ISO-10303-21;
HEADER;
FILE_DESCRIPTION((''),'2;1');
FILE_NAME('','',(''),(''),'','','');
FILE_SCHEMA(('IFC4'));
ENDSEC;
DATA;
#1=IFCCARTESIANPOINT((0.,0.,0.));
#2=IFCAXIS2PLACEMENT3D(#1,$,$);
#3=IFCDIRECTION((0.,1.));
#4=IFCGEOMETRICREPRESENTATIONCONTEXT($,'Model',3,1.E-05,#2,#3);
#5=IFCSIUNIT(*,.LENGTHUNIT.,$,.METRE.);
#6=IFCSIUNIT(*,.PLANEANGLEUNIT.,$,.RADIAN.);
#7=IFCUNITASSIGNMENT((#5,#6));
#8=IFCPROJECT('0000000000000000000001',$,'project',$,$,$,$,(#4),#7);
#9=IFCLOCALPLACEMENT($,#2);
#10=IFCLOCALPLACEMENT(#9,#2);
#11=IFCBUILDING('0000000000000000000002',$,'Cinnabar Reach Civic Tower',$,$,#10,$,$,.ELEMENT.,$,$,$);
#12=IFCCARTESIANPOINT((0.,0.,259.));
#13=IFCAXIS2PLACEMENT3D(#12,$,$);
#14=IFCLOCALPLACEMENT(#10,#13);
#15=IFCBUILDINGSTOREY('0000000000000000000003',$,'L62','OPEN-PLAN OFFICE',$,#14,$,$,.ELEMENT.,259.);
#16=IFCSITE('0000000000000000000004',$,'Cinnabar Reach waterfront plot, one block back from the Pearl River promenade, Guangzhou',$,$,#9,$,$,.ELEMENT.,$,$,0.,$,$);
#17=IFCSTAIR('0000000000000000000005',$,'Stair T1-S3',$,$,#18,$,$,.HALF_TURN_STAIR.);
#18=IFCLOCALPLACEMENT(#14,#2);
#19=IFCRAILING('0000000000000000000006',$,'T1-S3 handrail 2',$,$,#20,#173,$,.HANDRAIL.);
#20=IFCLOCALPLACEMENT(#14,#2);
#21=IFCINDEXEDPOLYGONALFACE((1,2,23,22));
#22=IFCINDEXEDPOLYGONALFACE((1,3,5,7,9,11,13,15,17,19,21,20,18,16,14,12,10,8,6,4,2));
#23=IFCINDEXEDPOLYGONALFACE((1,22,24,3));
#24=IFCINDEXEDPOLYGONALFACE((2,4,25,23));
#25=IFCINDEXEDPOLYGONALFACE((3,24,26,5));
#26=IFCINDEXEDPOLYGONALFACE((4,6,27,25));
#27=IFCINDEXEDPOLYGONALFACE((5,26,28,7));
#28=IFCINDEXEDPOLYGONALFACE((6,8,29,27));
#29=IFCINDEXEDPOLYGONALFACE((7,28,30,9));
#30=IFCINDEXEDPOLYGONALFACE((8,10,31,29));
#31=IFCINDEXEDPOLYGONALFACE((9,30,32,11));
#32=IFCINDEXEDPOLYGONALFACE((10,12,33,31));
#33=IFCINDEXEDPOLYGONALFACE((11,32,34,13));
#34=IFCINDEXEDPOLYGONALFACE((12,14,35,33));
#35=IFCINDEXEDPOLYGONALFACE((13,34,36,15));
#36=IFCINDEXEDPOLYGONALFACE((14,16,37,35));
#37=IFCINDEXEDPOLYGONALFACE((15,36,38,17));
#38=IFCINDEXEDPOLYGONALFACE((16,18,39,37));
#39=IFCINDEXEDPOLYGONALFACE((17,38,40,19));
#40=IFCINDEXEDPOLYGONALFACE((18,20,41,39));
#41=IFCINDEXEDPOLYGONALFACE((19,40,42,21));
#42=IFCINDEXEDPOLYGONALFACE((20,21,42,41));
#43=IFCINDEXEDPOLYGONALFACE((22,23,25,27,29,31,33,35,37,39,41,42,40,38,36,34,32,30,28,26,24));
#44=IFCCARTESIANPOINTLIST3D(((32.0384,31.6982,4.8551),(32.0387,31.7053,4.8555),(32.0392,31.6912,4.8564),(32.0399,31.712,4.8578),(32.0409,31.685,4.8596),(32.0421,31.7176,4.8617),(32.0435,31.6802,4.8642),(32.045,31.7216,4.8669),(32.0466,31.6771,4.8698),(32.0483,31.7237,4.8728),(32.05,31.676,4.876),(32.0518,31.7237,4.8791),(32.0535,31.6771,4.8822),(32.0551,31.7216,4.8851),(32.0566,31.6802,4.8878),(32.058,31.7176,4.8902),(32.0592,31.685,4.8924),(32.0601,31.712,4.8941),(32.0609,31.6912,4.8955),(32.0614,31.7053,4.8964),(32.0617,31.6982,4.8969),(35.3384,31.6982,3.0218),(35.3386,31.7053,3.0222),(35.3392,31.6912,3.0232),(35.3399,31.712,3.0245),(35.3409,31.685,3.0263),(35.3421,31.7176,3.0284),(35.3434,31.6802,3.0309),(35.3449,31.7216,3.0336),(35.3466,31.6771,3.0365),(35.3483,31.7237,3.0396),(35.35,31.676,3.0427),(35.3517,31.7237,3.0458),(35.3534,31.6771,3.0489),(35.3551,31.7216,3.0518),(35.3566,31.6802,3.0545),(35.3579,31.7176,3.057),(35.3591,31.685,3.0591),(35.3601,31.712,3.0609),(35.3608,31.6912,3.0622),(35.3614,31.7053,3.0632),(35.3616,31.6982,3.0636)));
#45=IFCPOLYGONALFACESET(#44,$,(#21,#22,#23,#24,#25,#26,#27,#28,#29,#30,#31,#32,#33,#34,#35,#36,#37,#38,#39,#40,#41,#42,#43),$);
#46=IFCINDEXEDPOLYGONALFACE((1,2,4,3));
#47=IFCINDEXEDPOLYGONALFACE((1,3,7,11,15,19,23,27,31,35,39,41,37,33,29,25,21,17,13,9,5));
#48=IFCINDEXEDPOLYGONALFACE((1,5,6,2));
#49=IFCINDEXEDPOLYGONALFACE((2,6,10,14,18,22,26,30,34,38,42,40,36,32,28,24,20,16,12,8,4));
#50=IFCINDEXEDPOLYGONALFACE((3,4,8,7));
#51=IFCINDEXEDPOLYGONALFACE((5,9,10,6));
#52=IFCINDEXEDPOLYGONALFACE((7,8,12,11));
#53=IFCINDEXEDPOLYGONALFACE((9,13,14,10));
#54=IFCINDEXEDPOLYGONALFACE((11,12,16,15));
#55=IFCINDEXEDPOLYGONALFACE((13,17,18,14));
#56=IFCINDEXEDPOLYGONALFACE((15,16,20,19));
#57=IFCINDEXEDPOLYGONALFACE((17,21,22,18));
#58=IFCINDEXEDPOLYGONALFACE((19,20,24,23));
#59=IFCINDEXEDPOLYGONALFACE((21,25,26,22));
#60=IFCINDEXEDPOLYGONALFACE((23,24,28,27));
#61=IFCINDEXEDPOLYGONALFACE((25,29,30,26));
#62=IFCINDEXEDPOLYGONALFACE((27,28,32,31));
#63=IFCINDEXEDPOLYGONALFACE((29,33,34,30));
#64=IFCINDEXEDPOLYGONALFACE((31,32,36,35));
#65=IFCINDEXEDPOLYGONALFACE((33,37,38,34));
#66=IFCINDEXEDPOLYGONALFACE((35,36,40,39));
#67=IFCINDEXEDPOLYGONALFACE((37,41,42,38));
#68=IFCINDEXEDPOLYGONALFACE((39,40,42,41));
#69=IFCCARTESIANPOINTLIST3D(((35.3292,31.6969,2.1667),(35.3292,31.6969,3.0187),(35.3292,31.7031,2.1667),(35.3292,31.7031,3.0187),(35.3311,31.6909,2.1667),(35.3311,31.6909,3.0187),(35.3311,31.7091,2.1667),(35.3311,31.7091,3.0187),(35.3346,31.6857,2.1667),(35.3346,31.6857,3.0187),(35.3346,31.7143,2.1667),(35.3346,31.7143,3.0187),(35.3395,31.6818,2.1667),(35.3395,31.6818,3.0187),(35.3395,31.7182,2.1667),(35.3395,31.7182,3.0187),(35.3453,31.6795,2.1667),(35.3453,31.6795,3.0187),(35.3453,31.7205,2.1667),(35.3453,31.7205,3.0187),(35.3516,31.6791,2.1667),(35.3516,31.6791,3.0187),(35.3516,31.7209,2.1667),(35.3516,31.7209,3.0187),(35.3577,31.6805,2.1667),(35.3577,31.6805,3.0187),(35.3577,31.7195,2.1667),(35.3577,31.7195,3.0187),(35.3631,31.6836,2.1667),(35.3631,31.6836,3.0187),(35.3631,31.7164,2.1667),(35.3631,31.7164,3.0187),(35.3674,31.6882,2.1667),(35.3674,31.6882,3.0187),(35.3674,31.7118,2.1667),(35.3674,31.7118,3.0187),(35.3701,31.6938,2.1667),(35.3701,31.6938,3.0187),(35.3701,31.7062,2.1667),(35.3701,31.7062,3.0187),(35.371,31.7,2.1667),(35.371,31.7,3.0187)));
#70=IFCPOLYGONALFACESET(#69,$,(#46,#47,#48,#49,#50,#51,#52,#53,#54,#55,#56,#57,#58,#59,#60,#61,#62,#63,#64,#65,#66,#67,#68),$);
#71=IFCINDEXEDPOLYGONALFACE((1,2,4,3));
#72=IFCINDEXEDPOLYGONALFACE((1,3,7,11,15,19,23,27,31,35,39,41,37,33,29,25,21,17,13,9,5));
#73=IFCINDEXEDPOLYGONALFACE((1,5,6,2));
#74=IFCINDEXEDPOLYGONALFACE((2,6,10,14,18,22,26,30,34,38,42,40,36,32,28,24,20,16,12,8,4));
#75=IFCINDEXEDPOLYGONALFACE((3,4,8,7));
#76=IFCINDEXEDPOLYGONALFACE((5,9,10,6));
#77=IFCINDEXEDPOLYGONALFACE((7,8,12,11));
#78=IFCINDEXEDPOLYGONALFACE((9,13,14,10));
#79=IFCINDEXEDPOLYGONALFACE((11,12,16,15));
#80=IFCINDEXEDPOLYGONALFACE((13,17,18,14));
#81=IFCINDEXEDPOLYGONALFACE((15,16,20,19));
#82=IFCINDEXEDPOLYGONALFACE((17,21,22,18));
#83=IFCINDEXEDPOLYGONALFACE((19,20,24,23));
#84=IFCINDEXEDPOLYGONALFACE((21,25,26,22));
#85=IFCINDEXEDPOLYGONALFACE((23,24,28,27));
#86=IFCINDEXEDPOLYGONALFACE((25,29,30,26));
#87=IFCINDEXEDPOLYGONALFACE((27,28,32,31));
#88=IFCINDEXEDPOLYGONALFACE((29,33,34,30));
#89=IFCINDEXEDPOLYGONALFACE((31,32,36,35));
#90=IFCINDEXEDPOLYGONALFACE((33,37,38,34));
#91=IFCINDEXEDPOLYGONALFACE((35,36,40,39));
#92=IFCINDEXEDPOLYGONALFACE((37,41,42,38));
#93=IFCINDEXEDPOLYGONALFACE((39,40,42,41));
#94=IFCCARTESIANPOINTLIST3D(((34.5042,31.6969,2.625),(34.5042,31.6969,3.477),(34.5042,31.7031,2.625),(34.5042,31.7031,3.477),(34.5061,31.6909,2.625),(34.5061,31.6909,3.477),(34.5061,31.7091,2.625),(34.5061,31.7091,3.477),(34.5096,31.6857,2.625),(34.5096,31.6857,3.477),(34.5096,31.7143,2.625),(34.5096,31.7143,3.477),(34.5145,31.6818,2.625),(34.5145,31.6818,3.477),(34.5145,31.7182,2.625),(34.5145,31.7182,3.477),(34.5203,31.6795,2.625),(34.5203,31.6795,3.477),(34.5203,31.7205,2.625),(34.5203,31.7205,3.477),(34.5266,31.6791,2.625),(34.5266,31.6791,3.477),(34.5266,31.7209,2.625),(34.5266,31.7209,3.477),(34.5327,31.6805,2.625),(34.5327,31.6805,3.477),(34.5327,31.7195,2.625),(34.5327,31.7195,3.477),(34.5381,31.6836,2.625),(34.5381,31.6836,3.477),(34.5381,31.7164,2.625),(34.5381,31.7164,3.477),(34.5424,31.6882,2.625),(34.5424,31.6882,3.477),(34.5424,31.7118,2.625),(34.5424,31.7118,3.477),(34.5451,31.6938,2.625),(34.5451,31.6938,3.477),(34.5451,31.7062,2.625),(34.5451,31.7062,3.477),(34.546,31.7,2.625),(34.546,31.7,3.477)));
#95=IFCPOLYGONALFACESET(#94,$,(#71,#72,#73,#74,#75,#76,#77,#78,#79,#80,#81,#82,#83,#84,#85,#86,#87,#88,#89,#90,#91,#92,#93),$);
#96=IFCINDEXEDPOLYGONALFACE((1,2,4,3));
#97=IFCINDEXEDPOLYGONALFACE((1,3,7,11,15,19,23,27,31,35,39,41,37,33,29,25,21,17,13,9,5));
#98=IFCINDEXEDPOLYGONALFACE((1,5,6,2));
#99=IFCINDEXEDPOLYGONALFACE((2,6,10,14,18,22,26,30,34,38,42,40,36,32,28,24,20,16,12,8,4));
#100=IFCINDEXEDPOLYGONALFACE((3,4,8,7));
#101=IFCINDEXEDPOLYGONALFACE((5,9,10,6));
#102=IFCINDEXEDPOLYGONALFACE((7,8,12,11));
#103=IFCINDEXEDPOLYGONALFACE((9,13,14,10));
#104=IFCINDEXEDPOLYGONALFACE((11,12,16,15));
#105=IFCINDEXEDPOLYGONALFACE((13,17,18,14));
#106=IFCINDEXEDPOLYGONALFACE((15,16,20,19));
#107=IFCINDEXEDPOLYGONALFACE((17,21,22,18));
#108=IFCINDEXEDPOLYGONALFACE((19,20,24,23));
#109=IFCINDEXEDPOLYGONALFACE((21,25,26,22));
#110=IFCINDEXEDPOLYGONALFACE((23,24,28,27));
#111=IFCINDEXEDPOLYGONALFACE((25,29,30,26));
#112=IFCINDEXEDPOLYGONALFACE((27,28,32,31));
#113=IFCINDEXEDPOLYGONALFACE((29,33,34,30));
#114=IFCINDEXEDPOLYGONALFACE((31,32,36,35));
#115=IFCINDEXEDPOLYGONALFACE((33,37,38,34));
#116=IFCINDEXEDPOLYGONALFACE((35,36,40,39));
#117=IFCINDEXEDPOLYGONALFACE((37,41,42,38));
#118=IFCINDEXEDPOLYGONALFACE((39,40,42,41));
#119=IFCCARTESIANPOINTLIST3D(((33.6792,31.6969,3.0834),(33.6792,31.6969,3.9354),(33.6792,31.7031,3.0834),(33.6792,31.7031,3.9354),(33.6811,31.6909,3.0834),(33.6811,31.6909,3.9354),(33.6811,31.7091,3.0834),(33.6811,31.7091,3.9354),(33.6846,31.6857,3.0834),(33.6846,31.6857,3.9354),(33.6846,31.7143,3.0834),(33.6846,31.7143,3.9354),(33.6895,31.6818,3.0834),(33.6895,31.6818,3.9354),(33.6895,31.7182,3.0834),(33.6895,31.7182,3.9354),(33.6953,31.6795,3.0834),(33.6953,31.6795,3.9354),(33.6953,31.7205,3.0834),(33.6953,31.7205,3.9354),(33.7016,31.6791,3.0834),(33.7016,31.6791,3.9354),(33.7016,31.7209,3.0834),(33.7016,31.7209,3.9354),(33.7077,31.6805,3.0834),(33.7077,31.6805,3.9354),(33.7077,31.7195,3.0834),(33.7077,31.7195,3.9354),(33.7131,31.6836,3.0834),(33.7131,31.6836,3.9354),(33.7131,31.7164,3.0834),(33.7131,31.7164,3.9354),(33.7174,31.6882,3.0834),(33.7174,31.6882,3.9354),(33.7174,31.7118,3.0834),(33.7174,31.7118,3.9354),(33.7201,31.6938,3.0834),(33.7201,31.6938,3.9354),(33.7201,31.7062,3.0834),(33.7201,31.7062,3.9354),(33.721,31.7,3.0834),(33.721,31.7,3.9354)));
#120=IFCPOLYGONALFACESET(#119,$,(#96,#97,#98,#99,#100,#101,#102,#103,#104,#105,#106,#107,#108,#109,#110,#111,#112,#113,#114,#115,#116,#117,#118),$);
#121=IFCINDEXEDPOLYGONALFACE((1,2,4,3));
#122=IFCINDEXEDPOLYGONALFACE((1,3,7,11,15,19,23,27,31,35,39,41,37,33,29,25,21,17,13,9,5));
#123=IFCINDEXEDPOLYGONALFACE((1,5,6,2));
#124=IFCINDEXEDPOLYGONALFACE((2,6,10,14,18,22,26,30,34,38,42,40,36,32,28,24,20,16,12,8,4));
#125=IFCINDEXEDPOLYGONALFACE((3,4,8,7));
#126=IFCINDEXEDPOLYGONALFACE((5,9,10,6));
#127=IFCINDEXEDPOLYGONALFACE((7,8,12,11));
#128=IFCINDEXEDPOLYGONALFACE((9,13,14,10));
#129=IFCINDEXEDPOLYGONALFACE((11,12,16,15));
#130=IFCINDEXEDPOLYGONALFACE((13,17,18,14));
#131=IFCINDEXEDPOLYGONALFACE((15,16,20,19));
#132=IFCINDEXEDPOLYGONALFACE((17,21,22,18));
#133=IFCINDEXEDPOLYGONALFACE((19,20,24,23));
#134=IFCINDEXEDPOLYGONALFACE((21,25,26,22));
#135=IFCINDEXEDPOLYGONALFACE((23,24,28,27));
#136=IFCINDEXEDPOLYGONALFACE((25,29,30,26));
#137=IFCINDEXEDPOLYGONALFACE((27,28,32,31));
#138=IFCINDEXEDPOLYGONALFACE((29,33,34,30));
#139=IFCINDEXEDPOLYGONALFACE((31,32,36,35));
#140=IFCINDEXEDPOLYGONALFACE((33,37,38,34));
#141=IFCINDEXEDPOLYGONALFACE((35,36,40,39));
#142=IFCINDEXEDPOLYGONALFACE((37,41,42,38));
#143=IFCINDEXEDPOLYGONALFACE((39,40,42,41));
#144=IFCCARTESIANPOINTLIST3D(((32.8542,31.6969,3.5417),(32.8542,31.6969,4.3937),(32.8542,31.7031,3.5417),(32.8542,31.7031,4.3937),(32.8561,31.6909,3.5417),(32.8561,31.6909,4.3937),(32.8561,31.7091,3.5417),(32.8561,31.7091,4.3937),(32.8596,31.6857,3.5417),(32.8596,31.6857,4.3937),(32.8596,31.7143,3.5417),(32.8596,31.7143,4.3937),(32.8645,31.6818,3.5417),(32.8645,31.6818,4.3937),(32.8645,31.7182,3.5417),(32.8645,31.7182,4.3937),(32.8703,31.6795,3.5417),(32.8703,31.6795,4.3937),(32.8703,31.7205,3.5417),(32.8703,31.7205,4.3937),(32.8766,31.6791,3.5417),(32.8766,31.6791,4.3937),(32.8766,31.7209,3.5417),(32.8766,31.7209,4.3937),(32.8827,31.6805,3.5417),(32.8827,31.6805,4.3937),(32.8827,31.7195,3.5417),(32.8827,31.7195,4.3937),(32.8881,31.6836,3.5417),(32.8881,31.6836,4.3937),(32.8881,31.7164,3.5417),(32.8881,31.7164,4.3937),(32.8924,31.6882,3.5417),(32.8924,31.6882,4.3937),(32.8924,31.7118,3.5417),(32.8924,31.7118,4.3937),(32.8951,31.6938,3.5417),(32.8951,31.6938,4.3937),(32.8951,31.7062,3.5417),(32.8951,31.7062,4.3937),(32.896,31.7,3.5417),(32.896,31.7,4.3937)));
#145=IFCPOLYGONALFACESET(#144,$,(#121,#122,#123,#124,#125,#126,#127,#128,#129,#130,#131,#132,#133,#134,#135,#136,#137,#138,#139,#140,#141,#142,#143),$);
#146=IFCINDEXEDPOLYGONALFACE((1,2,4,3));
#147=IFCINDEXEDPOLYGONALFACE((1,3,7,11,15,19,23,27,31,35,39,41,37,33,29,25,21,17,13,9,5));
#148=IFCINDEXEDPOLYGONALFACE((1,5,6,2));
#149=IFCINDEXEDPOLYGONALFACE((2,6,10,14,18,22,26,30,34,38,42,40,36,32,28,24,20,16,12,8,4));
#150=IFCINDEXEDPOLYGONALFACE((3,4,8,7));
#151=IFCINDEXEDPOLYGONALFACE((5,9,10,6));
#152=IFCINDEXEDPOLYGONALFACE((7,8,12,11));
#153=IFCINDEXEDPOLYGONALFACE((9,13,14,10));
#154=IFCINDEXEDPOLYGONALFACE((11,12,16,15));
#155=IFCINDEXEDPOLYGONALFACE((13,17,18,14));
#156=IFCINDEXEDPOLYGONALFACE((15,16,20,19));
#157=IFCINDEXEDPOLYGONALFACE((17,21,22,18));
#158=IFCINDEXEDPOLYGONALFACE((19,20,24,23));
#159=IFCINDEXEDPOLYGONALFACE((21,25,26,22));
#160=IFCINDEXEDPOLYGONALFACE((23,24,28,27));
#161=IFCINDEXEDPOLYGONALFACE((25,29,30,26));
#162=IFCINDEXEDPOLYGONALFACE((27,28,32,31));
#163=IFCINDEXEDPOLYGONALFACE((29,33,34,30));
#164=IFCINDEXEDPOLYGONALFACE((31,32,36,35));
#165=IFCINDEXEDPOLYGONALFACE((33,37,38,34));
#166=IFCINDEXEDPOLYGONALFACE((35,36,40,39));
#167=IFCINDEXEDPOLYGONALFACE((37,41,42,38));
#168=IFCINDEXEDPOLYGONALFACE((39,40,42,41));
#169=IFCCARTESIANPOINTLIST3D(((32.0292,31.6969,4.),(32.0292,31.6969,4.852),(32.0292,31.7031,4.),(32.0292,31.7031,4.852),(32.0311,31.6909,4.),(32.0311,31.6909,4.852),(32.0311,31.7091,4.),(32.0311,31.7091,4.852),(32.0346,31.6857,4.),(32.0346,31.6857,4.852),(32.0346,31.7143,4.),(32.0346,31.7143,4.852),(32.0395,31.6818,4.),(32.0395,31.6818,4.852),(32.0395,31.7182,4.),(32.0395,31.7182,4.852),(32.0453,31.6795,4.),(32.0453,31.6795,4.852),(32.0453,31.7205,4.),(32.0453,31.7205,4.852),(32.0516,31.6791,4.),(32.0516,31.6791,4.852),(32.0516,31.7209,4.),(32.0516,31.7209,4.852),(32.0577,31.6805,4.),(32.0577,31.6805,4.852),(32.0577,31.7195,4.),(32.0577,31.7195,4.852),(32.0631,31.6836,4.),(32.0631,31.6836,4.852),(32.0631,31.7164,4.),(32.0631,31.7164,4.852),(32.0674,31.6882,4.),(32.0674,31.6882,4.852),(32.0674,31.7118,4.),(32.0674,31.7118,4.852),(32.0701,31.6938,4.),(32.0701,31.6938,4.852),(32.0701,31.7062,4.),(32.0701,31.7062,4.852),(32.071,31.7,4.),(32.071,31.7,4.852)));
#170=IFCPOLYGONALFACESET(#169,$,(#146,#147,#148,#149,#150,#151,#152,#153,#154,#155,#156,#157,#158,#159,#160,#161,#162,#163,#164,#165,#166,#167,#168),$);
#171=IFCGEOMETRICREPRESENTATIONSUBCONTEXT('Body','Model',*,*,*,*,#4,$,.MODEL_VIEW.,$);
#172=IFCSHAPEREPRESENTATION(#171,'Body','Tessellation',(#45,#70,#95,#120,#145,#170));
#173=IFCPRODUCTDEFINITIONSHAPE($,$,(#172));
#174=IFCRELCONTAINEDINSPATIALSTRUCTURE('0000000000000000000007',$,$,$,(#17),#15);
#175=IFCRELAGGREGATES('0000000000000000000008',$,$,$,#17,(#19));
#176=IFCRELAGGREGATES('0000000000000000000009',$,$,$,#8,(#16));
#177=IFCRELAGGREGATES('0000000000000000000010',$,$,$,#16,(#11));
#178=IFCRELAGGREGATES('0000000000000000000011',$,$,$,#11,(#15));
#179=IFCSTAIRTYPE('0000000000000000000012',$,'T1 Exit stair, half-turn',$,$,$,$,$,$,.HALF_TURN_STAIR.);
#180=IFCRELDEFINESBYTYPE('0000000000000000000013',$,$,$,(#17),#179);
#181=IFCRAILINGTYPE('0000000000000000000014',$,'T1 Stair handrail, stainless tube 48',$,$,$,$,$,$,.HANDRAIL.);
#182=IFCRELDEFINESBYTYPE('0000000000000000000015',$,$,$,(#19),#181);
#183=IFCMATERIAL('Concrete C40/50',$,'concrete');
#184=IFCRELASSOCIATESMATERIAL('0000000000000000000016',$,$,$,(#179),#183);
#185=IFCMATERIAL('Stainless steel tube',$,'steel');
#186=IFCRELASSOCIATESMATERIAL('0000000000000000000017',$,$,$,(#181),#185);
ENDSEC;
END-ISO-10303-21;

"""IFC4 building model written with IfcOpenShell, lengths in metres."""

from ifc_helpers import new_model, si_unit, direction, frame, origin, origin_2d, place, context, subcontext, project, spatial, circle, extrude, material, type_object, element, aggregate, save


model = new_model("IFC4")

# Units and contexts
model_context = context("Model", 3, precision=1e-05, world=origin(), true_north=direction((0.0, 1.0)))
body_context = subcontext(model_context, "Body", "Model", "MODEL_VIEW")
ifc_project = project(units=[si_unit("LENGTHUNIT", "METRE"), si_unit("PLANEANGLEUNIT", "RADIAN")], contexts=[model_context])

# Site, building, storey
site_placement = place(None, origin())
site = spatial("IfcSite", under=ifc_project, at=site_placement, Name="Cinnabar Reach waterfront plot, one block back from the Pearl River promenade, Guangzhou", CompositionType="ELEMENT", RefElevation=0.0)
building_placement = place(site_placement, origin())
building = spatial("IfcBuilding", under=site, at=building_placement, Name="Cinnabar Reach Civic Tower", CompositionType="ELEMENT")
storey_placement = place(building_placement, frame((0.0, 0.0, 259.0)))
storey = spatial("IfcBuildingStorey", under=building, at=storey_placement, Name="L62", Description="OPEN-PLAN OFFICE", CompositionType="ELEMENT", Elevation=259.0)

# Stair, railing
ifc_material_1 = material(Name="Concrete C40/50", Category="concrete")
stair_type = type_object("IfcStairType", Name="T1 Exit stair, half-turn", PredefinedType="HALF_TURN_STAIR", material=ifc_material_1)
stair_placement = place(storey_placement, origin())
stair = element("IfcStair", 1, at=stair_placement, inside=storey, type_object=stair_type, Name="Stair T1-S3", PredefinedType="HALF_TURN_STAIR")
ifc_material_2 = material(Name="Stainless steel tube", Category="steel")
railing_type = type_object("IfcRailingType", Name="T1 Stair handrail, stainless tube 48", PredefinedType="HANDRAIL", material=ifc_material_2)
railing_1_placement = place(storey_placement, frame((35.35, 31.7, 2.1667)))
railing_1 = element("IfcRailing", 2, at=railing_1_placement, type_object=railing_type, Name="T1-S3 handrail 2", PredefinedType="HANDRAIL", context=body_context, shape_type="SweptSolid", body=[
    extrude(circle(Radius=0.024, at=origin_2d()), frame((0.0, 0.0, 0.876), z_axis=(-0.874161, 0.0, 0.485636), x_axis=(0.0, -1.0, 0.0)), (0.0, 0.0, 1.0), 3.775),
    extrude(circle(Radius=0.021, at=origin_2d()), origin(), (0.0, 0.0, 1.0), 0.852),
    extrude(circle(Radius=0.021, at=origin_2d()), frame((-0.825, 0.0, 0.4583)), (0.0, 0.0, 1.0), 0.852),
    extrude(circle(Radius=0.021, at=origin_2d()), frame((-1.65, 0.0, 0.9167)), (0.0, 0.0, 1.0), 0.852),
    extrude(circle(Radius=0.021, at=origin_2d()), frame((-2.475, 0.0, 1.375)), (0.0, 0.0, 1.0), 0.852),
    extrude(circle(Radius=0.021, at=origin_2d()), frame((-3.3, 0.0, 1.8333)), (0.0, 0.0, 1.0), 0.852),
])
aggregate(stair, [railing_1])

save(model, "model.ifc")
